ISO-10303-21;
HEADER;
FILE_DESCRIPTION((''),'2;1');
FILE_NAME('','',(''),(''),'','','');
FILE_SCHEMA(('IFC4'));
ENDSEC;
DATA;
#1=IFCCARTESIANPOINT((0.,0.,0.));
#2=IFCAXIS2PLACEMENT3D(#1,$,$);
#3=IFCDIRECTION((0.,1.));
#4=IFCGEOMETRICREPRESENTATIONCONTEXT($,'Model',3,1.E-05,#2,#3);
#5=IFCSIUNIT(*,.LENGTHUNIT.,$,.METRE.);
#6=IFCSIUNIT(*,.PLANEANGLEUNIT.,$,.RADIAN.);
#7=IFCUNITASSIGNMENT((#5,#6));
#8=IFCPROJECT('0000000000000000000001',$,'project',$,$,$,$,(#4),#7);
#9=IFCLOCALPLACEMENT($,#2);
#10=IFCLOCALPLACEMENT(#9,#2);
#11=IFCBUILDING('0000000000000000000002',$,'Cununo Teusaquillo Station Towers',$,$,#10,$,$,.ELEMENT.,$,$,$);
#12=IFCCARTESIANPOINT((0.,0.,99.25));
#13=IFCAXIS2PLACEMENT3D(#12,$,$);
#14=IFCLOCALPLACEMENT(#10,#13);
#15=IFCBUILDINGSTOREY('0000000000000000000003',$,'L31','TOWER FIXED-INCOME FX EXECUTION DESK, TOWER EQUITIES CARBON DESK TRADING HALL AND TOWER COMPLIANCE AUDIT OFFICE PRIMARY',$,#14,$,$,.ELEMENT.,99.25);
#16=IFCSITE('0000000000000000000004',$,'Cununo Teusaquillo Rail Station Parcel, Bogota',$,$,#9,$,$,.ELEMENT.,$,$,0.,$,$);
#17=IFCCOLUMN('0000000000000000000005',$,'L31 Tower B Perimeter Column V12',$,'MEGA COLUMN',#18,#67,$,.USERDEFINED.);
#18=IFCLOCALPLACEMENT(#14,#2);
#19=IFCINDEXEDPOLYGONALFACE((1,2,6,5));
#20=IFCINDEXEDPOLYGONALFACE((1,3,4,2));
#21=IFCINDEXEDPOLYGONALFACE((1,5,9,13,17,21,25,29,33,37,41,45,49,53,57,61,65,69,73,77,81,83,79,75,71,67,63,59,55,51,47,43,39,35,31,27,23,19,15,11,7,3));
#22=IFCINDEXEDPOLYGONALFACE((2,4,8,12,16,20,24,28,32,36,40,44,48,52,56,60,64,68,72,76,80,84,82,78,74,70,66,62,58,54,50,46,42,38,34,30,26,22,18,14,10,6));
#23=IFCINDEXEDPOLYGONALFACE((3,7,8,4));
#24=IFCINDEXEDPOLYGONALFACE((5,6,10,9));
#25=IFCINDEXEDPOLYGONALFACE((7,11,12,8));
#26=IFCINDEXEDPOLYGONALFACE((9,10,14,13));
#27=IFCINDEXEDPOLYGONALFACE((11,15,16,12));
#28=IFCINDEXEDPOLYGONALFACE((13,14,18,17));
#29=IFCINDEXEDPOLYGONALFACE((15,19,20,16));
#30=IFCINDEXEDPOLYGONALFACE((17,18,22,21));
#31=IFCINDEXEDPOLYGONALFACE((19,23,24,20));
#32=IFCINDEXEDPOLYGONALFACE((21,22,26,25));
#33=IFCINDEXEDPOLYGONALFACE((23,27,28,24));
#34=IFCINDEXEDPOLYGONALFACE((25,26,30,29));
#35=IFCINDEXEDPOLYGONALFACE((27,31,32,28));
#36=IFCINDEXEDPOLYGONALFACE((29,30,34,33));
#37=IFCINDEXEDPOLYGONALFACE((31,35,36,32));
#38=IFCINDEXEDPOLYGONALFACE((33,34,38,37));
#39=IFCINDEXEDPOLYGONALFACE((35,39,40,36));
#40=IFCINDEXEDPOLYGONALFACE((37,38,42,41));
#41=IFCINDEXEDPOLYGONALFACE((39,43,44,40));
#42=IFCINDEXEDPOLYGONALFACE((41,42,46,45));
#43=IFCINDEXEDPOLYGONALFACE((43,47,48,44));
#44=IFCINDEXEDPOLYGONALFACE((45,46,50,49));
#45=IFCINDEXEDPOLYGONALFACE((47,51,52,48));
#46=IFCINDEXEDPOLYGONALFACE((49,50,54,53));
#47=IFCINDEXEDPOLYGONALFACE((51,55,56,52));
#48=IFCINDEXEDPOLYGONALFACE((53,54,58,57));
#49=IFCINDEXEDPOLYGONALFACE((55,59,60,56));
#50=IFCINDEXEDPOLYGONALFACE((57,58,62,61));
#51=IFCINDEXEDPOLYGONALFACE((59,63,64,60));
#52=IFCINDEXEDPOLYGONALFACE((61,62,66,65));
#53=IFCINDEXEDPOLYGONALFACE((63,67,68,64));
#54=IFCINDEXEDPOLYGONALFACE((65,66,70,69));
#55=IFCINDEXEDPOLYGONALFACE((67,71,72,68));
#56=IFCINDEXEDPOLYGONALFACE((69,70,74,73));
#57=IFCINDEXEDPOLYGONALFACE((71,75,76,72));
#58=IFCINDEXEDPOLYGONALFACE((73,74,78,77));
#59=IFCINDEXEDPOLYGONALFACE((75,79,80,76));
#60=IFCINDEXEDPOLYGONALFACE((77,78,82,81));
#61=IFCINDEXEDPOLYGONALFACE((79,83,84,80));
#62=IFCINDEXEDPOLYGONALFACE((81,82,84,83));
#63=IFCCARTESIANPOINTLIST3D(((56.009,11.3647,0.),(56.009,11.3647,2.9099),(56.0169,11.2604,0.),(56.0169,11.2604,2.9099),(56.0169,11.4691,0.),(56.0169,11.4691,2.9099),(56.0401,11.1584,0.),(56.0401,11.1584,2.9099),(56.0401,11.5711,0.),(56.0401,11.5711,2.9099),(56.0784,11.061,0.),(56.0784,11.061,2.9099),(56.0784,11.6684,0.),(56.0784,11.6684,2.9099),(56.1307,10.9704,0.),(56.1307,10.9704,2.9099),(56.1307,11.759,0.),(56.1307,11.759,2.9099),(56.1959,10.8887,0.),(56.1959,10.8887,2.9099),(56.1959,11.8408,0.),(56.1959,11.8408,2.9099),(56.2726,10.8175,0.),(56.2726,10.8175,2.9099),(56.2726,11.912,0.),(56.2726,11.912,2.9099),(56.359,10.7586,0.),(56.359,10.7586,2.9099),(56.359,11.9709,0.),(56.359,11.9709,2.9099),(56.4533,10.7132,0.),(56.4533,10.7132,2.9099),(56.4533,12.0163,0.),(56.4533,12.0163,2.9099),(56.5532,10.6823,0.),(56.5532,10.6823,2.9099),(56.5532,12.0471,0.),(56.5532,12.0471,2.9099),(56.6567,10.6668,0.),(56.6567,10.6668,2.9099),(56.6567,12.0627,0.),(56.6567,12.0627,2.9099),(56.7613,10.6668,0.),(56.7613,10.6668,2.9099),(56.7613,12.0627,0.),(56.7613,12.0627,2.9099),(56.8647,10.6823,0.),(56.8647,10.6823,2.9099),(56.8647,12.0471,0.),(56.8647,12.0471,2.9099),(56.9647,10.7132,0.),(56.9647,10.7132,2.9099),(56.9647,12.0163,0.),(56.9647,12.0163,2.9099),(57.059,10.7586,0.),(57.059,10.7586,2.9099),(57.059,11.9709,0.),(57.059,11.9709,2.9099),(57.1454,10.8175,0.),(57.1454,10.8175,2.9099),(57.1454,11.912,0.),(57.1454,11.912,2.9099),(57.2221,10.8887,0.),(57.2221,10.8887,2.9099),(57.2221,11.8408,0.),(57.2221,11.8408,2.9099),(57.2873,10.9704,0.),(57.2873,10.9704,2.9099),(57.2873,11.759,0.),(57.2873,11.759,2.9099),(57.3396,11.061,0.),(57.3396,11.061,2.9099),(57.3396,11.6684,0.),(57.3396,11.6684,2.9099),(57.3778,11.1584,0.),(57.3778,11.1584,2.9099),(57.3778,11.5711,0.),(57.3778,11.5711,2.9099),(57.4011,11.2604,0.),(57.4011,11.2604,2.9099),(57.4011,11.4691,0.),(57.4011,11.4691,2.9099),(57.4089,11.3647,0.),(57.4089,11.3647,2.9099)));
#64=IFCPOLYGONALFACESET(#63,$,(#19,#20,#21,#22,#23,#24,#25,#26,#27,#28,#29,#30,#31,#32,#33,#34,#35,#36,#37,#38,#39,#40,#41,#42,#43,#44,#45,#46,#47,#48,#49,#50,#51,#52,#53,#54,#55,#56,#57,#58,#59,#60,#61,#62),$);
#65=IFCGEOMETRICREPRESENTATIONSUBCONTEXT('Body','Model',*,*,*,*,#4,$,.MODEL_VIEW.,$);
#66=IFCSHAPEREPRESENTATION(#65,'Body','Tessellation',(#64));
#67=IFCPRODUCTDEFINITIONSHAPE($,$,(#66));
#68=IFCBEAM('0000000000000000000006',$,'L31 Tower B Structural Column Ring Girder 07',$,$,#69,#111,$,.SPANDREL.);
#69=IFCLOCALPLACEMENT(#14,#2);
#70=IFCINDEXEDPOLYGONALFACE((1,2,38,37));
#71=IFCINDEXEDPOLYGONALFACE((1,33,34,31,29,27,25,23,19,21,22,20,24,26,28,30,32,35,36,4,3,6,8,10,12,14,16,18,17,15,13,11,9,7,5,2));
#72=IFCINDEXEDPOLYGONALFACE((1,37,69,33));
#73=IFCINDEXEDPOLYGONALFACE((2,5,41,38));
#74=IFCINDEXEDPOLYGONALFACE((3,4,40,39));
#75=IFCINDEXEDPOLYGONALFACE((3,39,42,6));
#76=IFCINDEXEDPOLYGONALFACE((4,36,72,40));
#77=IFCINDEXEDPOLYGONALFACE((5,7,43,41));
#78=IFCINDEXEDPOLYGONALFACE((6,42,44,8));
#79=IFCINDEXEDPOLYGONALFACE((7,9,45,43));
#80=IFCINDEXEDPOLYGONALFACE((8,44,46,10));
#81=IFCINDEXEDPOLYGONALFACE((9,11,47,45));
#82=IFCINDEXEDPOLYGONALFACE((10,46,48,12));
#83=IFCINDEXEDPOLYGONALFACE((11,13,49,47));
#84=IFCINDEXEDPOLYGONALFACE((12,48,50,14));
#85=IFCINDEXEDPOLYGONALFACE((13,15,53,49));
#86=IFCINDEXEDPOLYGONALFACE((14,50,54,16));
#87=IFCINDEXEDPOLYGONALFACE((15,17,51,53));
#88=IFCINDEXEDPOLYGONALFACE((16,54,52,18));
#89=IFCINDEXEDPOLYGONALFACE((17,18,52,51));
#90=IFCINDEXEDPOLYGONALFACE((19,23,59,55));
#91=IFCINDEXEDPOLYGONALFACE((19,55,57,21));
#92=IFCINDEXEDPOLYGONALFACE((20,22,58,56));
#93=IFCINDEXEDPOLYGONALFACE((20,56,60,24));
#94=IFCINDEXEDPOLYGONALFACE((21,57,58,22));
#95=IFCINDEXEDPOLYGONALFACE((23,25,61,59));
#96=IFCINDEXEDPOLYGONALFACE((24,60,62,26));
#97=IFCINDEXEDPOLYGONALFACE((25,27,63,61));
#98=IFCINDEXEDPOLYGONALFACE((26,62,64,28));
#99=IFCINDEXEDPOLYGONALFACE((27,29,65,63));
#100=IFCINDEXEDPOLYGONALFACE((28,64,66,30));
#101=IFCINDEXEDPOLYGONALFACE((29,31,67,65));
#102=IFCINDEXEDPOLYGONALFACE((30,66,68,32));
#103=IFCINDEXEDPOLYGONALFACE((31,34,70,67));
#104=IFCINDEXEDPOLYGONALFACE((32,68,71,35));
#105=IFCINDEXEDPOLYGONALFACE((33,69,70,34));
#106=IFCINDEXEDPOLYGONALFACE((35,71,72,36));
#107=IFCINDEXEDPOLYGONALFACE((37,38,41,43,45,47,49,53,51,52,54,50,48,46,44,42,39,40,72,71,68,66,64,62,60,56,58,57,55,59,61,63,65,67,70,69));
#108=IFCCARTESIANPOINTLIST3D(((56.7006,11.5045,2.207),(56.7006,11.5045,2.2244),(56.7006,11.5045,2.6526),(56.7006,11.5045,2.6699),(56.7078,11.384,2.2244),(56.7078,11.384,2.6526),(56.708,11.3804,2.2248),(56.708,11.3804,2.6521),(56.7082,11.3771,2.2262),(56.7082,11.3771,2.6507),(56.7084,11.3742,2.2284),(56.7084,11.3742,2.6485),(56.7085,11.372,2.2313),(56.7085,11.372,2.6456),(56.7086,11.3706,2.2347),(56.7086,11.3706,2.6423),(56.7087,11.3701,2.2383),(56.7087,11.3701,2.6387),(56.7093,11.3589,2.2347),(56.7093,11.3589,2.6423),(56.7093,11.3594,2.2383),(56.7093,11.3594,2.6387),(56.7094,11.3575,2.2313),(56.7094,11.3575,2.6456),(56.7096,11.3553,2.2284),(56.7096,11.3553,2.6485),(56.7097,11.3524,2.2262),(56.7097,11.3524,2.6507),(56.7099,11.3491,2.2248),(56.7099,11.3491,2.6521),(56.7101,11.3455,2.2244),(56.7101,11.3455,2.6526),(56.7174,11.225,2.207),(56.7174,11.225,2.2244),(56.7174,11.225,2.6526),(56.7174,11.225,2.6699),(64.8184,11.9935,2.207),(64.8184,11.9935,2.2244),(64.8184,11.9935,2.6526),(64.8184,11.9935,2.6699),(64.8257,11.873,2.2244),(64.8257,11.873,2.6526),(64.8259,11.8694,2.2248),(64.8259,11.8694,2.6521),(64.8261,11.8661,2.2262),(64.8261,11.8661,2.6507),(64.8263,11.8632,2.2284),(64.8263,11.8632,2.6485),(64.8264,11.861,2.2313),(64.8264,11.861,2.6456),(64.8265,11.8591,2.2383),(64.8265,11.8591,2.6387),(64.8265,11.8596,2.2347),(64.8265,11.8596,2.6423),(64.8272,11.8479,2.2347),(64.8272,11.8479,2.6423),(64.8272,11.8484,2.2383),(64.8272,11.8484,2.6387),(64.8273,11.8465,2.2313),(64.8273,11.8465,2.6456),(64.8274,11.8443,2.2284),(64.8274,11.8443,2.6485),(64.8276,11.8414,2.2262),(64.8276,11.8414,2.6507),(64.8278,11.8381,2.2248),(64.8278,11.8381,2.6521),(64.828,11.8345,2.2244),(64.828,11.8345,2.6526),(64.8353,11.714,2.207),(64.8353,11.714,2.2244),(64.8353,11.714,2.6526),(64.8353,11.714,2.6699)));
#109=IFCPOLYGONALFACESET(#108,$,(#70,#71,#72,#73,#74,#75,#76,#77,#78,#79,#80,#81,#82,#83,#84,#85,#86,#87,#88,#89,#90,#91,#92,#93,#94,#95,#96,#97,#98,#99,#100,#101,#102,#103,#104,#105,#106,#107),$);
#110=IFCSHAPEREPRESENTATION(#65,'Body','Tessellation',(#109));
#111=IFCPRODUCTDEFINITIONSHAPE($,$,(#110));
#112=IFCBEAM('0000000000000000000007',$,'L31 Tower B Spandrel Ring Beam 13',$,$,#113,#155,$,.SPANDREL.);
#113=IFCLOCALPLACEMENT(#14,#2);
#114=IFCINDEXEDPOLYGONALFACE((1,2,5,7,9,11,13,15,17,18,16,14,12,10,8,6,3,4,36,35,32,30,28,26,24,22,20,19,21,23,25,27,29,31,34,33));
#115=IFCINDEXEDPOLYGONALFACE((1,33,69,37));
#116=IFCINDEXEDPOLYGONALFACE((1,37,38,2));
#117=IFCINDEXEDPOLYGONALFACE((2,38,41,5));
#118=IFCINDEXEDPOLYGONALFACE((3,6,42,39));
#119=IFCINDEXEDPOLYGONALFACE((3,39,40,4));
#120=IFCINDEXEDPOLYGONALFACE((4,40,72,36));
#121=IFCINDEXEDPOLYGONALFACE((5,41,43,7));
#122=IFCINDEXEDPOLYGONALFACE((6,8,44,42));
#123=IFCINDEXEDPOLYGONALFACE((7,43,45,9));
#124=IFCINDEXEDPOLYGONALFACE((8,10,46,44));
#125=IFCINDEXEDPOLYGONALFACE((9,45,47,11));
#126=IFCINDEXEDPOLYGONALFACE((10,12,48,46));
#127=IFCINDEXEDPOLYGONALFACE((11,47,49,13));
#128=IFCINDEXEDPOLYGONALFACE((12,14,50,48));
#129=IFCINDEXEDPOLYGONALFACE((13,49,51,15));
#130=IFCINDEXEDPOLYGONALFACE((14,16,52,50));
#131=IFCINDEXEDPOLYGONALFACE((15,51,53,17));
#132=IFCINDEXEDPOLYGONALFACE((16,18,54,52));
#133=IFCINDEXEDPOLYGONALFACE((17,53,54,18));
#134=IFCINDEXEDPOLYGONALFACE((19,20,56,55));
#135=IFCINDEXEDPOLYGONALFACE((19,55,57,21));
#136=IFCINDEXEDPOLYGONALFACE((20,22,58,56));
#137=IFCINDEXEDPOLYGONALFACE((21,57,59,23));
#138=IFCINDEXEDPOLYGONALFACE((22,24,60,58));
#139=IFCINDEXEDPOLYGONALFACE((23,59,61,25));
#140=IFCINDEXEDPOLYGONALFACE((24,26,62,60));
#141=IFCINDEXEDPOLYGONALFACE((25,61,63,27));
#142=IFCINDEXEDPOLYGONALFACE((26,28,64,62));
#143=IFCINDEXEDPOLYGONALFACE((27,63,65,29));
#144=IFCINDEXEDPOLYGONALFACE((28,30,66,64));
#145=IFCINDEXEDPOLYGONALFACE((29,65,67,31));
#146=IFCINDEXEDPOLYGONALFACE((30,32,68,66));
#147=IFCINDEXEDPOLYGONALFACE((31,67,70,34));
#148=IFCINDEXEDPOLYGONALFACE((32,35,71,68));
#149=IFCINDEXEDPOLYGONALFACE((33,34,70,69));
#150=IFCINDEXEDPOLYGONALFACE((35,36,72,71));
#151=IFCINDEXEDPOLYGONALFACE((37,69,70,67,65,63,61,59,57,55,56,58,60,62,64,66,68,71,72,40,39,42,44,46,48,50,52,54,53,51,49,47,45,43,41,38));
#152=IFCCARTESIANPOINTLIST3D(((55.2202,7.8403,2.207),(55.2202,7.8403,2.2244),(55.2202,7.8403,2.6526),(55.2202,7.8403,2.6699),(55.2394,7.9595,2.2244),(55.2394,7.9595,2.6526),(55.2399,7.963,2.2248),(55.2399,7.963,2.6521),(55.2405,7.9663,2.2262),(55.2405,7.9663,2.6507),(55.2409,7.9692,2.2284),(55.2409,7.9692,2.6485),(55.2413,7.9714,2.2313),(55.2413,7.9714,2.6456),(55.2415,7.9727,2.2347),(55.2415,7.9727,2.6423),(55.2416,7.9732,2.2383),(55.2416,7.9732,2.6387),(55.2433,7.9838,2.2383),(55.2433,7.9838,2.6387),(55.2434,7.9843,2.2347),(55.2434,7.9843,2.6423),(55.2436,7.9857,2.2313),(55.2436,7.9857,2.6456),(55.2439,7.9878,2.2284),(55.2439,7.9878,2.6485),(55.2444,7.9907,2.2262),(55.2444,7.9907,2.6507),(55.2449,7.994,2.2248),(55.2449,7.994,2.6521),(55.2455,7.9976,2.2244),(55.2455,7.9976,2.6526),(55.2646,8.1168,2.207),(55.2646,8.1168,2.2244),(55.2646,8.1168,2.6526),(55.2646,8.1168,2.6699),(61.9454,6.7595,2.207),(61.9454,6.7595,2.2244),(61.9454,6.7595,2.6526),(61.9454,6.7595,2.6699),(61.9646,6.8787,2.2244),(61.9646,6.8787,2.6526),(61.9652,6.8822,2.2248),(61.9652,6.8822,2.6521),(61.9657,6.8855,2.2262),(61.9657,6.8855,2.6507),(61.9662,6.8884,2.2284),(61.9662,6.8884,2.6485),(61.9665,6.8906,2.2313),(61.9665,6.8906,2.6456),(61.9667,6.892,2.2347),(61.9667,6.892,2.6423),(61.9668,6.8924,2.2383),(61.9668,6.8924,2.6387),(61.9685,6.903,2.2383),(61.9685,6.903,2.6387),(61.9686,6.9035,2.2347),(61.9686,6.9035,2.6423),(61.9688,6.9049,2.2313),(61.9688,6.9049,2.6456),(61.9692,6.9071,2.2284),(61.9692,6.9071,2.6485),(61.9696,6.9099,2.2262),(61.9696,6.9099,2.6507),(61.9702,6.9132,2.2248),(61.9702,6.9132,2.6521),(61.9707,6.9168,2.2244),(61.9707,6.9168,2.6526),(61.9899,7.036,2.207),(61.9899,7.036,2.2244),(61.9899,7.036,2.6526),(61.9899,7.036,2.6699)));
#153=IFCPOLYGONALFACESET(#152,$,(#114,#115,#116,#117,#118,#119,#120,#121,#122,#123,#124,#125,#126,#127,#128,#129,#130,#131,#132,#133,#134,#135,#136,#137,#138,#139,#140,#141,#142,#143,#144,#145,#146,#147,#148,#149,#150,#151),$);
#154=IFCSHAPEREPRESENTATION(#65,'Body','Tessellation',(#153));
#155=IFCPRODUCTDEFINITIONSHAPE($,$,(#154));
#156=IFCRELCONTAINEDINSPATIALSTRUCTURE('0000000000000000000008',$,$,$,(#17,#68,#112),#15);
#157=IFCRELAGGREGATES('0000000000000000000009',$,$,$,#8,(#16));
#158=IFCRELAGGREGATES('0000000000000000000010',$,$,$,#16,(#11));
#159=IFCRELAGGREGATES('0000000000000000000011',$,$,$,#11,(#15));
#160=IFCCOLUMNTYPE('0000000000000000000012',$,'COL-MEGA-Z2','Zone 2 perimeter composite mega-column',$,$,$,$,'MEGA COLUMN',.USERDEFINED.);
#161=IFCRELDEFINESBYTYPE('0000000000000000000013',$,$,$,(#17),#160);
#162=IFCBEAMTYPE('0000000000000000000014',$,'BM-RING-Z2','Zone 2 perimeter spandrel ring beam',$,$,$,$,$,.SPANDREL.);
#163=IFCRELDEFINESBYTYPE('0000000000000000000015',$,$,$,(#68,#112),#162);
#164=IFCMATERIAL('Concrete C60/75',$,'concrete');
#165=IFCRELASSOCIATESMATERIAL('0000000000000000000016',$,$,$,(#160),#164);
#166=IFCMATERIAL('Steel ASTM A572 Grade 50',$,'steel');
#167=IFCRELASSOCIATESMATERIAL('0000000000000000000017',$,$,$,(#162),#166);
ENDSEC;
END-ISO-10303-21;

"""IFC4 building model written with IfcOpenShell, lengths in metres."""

from ifc_helpers import new_model, si_unit, direction, frame, origin, origin_2d, place, context, subcontext, project, spatial, circle, i_section, extrude, material, material_profile, profile_set, type_object, element, save


model = new_model("IFC4")

# Units and contexts
model_context = context("Model", 3, precision=1e-05, world=origin(), true_north=direction((0.0, 1.0)))
body_context = subcontext(model_context, "Body", "Model", "MODEL_VIEW")
ifc_project = project(units=[si_unit("LENGTHUNIT", "METRE"), si_unit("PLANEANGLEUNIT", "RADIAN")], contexts=[model_context])

# Site, building, storey
site_placement = place(None, origin())
site = spatial("IfcSite", under=ifc_project, at=site_placement, Name="Cununo Teusaquillo Rail Station Parcel, Bogota", CompositionType="ELEMENT", RefElevation=0.0)
building_placement = place(site_placement, origin())
building = spatial("IfcBuilding", under=site, at=building_placement, Name="Cununo Teusaquillo Station Towers", CompositionType="ELEMENT")
storey_placement = place(building_placement, frame((0.0, 0.0, 99.25)))
storey = spatial("IfcBuildingStorey", under=building, at=storey_placement, Name="L31", Description="TOWER FIXED-INCOME FX EXECUTION DESK, TOWER EQUITIES CARBON DESK TRADING HALL AND TOWER COMPLIANCE AUDIT OFFICE PRIMARY", CompositionType="ELEMENT", Elevation=99.25)

# Column
ifc_material_1 = material(Name="Concrete C60/75", Category="concrete")
ifc_material_profile_1 = material_profile(ifc_material_1, circle(Radius=0.7, at=origin_2d()), Name="RC-CIRC-1400")
ifc_profile_set_1 = profile_set([ifc_material_profile_1], Name="Concrete C60/75")
column_type = type_object("IfcColumnType", Name="COL-MEGA-Z2", Description="Zone 2 perimeter composite mega-column", ElementType="MEGA COLUMN", PredefinedType="USERDEFINED", material=ifc_profile_set_1)
column_placement = place(storey_placement, frame((56.709, 11.3647, 0.0), z_axis=(0.0, 0.0, 1.0), x_axis=(1.0, 0.0, 0.0)))
element("IfcColumn", 1, at=column_placement, inside=storey, type_object=column_type, Name="L31 Tower B Perimeter Column V12", ObjectType="MEGA COLUMN", PredefinedType="USERDEFINED", context=body_context, shape_type="SweptSolid", body=[
    extrude(circle(Radius=0.7, at=origin_2d()), origin(), (0.0, 0.0, 1.0), 2.9099),
])

# Beams
ifc_material_2 = material(Name="Steel ASTM A572 Grade 50", Category="steel")
ifc_material_profile_2 = material_profile(ifc_material_2, i_section(OverallWidth=0.28, OverallDepth=0.4629, WebThickness=0.0107, FlangeThickness=0.0173, FilletRadius=0.0139, at=origin_2d()), Name="W18X76")
ifc_profile_set_2 = profile_set([ifc_material_profile_2], Name="Steel ASTM A572 Grade 50")
beam_type = type_object("IfcBeamType", Name="BM-RING-Z2", Description="Zone 2 perimeter spandrel ring beam", PredefinedType="SPANDREL", material=ifc_profile_set_2)
beam_1_placement = place(storey_placement, frame((56.709, 11.3647, 2.4385), z_axis=(0.998191, 0.06013, 0.0), x_axis=(-0.06013, 0.998191, 0.0)))
element("IfcBeam", 2, at=beam_1_placement, inside=storey, type_object=beam_type, Name="L31 Tower B Structural Column Ring Girder 07", PredefinedType="SPANDREL", context=body_context, shape_type="SweptSolid", body=[
    extrude(i_section(OverallWidth=0.28, OverallDepth=0.4629, WebThickness=0.0107, FlangeThickness=0.0173, FilletRadius=0.0139, at=origin_2d()), origin(), (0.0, 0.0, 1.0), 8.1326),
])
beam_2_placement = place(storey_placement, frame((55.2424, 7.9785, 2.4385), z_axis=(0.987331, -0.158671, 0.0), x_axis=(0.158671, 0.987331, 0.0)))
element("IfcBeam", 3, at=beam_2_placement, inside=storey, type_object=beam_type, Name="L31 Tower B Spandrel Ring Beam 13", PredefinedType="SPANDREL", context=body_context, shape_type="SweptSolid", body=[
    extrude(i_section(OverallWidth=0.28, OverallDepth=0.4629, WebThickness=0.0107, FlangeThickness=0.0173, FilletRadius=0.0139, at=origin_2d()), origin(), (0.0, 0.0, 1.0), 6.8115),
])

save(model, "model.ifc")
